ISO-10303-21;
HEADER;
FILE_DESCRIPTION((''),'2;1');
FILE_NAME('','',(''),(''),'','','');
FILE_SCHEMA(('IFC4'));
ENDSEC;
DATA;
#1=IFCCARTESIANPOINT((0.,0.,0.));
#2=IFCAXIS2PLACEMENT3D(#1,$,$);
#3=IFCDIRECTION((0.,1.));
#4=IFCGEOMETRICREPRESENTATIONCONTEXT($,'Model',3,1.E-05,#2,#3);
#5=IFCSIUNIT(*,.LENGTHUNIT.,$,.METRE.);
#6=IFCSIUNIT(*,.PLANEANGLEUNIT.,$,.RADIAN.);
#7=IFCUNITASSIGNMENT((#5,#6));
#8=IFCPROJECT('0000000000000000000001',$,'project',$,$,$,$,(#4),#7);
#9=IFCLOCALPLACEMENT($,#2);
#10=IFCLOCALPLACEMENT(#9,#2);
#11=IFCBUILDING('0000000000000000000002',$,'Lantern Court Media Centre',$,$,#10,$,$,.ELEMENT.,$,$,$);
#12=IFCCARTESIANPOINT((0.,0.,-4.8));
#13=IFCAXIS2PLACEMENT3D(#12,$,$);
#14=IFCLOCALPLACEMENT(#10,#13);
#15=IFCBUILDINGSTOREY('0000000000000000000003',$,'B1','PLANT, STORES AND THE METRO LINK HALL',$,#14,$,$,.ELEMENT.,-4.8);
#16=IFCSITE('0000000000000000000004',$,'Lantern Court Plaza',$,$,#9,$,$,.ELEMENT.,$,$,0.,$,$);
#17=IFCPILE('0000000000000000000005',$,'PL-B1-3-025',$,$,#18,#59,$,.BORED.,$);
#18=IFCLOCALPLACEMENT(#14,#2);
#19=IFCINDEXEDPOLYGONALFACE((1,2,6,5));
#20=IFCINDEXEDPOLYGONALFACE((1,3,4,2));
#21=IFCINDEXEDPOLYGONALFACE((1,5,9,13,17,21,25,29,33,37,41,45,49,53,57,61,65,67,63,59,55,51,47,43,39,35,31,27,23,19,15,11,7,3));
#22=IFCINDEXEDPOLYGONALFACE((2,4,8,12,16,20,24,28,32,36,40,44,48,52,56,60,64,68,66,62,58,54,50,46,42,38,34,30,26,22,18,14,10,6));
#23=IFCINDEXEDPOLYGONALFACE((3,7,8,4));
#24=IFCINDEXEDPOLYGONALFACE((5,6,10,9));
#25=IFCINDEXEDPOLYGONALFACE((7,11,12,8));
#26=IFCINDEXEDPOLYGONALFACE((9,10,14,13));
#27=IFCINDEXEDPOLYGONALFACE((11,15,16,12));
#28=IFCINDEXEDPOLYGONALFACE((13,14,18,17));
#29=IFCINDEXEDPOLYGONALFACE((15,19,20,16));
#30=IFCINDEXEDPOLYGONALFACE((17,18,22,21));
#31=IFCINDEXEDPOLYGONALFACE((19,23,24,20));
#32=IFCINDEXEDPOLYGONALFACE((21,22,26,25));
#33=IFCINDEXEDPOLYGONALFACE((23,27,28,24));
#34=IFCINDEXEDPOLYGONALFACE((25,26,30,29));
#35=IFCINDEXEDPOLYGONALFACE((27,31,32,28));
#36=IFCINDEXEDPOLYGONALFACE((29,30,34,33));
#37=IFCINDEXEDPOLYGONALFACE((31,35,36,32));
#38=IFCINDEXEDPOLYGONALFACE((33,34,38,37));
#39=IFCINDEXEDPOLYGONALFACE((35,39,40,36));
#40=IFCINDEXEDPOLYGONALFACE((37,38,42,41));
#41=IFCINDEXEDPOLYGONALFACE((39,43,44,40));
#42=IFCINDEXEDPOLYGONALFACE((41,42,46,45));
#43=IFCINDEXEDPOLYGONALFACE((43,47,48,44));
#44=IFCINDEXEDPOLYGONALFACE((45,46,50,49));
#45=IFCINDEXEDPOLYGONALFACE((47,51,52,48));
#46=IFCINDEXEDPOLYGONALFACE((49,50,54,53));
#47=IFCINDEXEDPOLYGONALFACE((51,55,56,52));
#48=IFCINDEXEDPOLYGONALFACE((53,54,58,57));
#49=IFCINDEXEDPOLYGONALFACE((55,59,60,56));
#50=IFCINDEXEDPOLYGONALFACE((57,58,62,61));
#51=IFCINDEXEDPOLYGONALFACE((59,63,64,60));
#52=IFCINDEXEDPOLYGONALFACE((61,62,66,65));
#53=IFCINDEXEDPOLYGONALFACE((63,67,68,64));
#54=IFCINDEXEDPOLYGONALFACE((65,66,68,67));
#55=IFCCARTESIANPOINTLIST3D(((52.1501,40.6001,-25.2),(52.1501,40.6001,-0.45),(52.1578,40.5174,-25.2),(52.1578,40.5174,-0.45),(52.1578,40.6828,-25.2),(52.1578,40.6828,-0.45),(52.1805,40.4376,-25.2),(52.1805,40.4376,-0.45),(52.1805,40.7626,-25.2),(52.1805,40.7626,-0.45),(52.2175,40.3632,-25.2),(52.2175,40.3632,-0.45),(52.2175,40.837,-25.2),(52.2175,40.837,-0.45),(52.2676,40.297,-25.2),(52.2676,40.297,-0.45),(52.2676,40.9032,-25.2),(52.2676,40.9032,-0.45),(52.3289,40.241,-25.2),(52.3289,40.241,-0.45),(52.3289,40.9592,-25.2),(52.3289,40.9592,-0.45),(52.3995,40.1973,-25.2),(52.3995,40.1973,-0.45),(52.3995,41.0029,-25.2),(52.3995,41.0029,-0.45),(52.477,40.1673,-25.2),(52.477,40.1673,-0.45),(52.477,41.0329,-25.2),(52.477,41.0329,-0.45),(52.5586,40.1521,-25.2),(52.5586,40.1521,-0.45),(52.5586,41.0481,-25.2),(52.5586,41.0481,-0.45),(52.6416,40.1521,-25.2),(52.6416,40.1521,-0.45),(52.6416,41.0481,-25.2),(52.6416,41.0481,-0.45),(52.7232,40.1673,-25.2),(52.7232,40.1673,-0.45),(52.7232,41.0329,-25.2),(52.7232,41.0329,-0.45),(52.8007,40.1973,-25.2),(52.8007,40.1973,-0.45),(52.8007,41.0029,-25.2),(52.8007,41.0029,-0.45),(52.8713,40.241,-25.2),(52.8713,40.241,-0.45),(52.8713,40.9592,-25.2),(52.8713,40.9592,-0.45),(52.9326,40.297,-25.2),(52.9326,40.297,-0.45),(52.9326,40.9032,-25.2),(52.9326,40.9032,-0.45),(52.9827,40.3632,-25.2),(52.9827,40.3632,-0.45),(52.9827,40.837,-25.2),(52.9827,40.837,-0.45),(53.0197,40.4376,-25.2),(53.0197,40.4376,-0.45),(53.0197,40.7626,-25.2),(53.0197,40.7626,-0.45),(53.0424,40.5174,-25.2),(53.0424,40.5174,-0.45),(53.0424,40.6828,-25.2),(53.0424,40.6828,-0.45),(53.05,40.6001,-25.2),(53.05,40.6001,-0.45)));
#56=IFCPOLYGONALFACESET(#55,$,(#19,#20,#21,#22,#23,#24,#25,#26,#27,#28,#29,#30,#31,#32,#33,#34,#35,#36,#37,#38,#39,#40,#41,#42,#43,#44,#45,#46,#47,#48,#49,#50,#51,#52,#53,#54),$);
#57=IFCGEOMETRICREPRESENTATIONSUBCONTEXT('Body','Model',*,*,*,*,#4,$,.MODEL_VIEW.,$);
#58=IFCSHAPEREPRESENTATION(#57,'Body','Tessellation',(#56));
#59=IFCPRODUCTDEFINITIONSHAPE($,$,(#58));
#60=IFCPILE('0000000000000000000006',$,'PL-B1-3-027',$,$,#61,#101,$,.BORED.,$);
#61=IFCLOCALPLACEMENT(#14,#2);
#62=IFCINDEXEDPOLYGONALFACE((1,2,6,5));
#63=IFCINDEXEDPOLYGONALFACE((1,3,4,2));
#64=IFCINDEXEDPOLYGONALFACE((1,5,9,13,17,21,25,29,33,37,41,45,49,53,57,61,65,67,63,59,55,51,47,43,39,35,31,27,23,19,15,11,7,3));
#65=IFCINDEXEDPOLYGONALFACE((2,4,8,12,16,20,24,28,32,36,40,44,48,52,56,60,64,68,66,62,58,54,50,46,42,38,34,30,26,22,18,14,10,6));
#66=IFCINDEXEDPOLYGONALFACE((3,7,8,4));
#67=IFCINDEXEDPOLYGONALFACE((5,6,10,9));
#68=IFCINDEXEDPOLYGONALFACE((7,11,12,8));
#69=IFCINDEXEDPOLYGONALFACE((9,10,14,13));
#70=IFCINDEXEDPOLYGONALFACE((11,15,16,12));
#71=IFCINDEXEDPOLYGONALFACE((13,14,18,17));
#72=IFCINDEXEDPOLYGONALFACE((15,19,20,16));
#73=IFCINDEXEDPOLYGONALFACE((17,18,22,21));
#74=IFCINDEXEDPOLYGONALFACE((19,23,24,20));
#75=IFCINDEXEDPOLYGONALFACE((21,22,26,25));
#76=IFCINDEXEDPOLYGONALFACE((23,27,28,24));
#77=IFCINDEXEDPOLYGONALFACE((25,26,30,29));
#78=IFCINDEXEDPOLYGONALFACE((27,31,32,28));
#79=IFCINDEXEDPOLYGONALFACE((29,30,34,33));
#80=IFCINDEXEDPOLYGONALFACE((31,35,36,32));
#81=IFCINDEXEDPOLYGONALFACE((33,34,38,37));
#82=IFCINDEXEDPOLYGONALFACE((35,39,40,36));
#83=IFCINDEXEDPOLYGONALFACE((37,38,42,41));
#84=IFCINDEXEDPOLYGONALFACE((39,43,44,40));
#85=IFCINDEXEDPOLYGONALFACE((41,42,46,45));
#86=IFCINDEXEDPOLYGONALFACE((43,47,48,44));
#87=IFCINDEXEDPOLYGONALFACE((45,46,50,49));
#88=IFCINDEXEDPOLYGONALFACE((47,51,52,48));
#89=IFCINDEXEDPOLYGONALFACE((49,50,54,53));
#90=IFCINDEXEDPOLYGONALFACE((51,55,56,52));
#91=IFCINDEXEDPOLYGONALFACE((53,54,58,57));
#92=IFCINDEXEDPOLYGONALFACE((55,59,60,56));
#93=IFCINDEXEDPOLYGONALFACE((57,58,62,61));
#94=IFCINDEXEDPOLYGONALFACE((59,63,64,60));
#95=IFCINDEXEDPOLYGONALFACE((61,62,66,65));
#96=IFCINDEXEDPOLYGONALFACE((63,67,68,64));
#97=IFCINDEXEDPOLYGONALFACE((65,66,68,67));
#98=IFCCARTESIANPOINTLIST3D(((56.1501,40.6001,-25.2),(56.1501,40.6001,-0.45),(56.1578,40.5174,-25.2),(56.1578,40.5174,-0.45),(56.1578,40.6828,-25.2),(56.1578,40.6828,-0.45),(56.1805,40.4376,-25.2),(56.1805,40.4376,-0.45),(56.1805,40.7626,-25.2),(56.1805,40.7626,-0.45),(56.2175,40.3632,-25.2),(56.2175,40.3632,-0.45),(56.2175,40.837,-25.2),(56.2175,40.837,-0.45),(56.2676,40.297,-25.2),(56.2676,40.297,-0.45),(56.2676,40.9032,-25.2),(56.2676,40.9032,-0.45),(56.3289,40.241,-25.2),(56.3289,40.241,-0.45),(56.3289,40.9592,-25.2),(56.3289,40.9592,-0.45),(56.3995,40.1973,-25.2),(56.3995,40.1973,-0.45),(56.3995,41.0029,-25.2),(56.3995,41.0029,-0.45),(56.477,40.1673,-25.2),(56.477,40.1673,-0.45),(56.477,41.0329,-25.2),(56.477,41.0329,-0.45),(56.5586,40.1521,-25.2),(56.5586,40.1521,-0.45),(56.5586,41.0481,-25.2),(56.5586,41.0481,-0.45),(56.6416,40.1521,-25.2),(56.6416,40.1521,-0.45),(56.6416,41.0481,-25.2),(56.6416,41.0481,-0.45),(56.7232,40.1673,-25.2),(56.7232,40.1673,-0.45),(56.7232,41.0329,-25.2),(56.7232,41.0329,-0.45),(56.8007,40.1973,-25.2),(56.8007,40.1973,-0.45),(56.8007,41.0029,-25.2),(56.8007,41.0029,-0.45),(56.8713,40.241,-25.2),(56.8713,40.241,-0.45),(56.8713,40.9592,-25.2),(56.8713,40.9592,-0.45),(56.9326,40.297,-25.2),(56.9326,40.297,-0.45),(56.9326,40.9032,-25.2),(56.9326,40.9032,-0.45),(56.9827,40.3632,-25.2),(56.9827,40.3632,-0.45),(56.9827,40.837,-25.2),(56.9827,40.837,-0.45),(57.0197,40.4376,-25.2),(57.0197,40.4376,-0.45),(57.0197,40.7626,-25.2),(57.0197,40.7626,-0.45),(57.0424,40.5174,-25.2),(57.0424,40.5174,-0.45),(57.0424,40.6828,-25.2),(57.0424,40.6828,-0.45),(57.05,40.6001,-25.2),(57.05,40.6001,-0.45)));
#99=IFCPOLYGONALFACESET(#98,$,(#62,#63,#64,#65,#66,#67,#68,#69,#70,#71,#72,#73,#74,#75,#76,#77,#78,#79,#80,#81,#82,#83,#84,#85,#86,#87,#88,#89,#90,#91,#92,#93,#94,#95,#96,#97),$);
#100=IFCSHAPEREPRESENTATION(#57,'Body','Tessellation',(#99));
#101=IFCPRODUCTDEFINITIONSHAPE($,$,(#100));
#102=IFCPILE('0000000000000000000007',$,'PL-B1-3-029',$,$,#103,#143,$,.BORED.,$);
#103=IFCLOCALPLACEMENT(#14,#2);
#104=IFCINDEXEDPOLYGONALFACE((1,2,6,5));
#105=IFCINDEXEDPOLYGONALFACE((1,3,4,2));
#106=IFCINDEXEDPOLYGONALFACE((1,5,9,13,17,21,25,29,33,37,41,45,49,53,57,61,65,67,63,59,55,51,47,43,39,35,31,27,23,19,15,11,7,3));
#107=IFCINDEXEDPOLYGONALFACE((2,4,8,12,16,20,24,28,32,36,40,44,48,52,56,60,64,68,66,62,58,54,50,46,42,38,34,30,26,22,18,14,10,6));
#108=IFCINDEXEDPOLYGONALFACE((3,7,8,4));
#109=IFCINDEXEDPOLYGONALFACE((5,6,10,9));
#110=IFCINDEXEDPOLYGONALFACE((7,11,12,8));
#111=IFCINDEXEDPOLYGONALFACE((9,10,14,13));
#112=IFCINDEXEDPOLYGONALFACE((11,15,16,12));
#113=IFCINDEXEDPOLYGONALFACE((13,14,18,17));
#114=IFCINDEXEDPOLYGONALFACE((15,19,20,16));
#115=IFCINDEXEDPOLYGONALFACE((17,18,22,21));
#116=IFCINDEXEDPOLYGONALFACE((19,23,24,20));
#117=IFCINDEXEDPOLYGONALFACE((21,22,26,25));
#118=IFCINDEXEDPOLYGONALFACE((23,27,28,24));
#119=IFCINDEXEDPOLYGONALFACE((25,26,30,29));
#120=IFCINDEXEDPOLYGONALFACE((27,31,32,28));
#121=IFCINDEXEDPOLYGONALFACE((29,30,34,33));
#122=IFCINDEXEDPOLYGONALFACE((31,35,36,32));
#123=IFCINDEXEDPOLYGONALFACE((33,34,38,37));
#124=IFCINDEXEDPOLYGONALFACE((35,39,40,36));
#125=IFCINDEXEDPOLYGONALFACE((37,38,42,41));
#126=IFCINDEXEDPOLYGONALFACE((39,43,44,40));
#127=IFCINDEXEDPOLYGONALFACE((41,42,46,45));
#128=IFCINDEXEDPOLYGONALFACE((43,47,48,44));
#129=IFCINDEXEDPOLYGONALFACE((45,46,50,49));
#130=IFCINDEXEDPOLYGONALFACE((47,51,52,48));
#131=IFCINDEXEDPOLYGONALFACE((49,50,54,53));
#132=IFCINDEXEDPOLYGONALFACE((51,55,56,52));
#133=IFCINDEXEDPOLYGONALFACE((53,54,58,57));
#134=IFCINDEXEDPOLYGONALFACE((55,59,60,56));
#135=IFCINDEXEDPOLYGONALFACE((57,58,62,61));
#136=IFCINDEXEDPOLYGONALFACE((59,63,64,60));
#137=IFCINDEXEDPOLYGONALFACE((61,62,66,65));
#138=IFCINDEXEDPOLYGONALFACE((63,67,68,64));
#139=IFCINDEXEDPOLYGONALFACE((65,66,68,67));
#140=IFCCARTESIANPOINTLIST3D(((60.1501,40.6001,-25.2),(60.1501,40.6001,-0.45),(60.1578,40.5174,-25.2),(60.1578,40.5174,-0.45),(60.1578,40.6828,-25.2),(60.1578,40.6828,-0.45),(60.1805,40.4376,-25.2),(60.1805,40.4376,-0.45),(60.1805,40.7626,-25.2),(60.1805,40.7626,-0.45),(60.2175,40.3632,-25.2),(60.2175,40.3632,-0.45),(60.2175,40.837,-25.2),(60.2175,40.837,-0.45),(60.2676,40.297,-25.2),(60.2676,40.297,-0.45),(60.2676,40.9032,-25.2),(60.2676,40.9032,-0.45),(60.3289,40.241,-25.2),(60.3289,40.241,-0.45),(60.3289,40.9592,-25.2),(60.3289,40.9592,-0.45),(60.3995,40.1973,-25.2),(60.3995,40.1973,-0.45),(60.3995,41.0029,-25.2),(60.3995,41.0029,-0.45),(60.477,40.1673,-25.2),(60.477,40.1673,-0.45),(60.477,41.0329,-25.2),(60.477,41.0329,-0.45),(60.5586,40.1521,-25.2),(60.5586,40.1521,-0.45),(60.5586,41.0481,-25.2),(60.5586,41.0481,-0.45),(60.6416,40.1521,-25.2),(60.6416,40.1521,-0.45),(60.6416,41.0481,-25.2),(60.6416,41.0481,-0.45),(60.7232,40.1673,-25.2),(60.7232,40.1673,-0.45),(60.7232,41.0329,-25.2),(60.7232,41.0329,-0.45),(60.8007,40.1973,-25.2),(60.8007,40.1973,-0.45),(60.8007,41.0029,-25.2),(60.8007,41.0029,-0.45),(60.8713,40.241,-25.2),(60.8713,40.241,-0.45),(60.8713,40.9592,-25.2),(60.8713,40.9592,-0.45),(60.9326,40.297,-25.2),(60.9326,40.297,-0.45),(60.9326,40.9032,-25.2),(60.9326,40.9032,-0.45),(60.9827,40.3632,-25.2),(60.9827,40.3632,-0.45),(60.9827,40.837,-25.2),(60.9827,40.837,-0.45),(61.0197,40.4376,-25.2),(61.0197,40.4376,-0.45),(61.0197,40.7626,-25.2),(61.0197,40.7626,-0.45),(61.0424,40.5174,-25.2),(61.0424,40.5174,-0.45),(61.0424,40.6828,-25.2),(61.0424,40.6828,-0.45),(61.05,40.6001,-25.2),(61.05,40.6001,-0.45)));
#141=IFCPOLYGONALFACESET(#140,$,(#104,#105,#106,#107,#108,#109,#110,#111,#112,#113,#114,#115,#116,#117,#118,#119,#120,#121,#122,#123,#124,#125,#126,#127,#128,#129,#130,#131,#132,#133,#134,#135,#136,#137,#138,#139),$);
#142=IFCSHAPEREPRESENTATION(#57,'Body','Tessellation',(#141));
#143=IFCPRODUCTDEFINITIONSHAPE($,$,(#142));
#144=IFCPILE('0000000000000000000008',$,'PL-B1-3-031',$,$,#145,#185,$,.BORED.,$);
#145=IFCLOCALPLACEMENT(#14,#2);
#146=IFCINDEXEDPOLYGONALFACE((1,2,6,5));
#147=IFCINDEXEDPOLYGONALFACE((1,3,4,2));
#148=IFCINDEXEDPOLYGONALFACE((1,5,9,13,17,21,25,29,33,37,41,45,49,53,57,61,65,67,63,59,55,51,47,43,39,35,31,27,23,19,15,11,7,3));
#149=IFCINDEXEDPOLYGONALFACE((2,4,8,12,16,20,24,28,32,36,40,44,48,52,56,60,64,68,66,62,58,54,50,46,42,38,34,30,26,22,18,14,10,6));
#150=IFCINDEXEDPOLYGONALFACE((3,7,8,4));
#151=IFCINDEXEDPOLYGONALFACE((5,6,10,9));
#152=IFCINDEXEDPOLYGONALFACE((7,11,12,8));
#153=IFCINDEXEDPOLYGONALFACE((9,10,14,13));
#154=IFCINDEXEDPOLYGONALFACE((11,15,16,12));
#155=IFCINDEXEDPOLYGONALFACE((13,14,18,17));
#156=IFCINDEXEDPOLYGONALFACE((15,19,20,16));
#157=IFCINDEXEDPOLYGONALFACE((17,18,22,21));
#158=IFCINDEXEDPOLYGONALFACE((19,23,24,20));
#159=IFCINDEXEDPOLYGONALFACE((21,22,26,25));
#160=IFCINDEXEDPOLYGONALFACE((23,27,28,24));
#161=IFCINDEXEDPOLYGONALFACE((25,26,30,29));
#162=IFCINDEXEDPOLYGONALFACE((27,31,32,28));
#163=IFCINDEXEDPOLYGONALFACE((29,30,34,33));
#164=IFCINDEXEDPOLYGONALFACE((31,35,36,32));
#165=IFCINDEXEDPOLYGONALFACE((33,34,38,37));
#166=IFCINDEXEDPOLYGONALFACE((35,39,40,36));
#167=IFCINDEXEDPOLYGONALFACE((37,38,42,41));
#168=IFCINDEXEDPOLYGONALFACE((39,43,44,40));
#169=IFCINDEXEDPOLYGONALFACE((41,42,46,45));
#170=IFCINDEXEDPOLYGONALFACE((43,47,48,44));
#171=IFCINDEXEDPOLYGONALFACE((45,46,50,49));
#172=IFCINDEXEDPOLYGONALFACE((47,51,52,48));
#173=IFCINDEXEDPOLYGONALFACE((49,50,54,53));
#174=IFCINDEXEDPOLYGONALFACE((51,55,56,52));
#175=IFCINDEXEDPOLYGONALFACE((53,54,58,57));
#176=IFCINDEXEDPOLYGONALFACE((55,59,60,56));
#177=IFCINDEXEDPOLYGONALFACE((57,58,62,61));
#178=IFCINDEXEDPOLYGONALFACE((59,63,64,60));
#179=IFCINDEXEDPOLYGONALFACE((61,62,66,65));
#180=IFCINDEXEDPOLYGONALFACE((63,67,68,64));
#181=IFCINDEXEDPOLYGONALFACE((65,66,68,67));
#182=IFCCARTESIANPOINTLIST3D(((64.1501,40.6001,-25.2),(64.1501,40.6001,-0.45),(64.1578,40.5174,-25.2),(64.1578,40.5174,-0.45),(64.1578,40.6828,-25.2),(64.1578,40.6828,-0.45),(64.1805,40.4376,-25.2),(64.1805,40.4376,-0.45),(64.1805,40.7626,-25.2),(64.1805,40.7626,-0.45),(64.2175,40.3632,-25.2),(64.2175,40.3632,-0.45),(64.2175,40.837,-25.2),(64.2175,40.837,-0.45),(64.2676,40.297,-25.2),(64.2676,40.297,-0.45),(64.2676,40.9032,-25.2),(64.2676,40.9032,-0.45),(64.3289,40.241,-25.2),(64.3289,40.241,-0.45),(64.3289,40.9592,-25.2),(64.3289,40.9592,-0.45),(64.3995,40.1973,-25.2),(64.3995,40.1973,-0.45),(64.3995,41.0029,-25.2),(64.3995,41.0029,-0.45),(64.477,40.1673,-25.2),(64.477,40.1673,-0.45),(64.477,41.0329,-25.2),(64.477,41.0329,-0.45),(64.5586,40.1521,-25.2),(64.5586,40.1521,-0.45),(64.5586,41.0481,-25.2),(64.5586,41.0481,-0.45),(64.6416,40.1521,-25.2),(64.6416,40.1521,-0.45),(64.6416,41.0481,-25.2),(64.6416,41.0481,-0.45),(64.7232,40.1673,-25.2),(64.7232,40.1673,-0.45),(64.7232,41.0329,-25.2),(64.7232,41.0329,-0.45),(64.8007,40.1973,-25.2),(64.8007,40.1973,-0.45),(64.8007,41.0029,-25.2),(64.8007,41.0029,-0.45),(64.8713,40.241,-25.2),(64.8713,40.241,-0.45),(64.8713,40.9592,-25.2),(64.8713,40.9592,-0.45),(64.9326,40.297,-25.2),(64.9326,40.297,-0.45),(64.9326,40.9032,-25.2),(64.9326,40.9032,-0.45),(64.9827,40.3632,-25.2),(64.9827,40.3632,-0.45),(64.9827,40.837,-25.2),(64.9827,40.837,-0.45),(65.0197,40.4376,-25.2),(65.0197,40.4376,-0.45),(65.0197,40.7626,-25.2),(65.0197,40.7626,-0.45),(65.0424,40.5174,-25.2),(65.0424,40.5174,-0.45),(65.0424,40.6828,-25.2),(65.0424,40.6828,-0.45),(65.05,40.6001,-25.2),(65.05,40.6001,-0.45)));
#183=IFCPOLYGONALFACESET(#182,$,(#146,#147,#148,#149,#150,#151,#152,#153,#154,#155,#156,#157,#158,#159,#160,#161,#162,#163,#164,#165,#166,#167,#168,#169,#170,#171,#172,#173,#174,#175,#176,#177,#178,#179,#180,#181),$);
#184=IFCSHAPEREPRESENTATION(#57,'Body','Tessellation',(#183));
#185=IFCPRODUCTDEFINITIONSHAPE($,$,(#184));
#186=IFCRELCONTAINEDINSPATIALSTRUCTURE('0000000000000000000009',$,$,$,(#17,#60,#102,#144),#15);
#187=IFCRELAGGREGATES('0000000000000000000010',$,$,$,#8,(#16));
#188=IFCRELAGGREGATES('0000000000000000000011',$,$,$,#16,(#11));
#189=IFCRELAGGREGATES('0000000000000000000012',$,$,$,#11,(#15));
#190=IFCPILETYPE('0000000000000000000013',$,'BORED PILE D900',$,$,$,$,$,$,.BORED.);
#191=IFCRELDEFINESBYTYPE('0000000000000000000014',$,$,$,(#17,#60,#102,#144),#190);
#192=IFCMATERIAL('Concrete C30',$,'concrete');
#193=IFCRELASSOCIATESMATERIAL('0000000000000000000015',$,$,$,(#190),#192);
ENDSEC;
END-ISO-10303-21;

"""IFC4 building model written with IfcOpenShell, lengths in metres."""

from ifc_helpers import new_model, si_unit, direction, frame, origin, origin_2d, place, context, subcontext, project, spatial, circle, extrude, material, material_profile, profile_set, type_object, element, save


model = new_model("IFC4")

# Units and contexts
model_context = context("Model", 3, precision=1e-05, world=origin(), true_north=direction((0.0, 1.0)))
body_context = subcontext(model_context, "Body", "Model", "MODEL_VIEW")
ifc_project = project(units=[si_unit("LENGTHUNIT", "METRE"), si_unit("PLANEANGLEUNIT", "RADIAN")], contexts=[model_context])

# Site, building, storey
site_placement = place(None, origin())
site = spatial("IfcSite", under=ifc_project, at=site_placement, Name="Lantern Court Plaza", CompositionType="ELEMENT", RefElevation=0.0)
building_placement = place(site_placement, origin())
building = spatial("IfcBuilding", under=site, at=building_placement, Name="Lantern Court Media Centre", CompositionType="ELEMENT")
storey_placement = place(building_placement, frame((0.0, 0.0, -4.8)))
storey = spatial("IfcBuildingStorey", under=building, at=storey_placement, Name="B1", Description="PLANT, STORES AND THE METRO LINK HALL", CompositionType="ELEMENT", Elevation=-4.8)

# Piles
ifc_material_1 = material(Name="Concrete C30", Category="concrete")
ifc_material_profile = material_profile(ifc_material_1, circle(Radius=0.45, at=origin_2d()), Name="D900")
ifc_profile_set = profile_set([ifc_material_profile], Name="Concrete C30")
pile_type = type_object("IfcPileType", Name="BORED PILE D900", PredefinedType="BORED", material=ifc_profile_set)
for number, where, z_axis, x_axis, name in (
    (1, (52.6001, 40.6001, -0.45), (0.0, 0.0, -1.0), (1.0, 0.0, 0.0), "PL-B1-3-025"),
    (2, (56.6001, 40.6001, -0.45), (0.0, 0.0, -1.0), (1.0, 0.0, 0.0), "PL-B1-3-027"),
    (3, (60.6001, 40.6001, -0.45), (0.0, 0.0, -1.0), (1.0, 0.0, 0.0), "PL-B1-3-029"),
    (4, (64.6001, 40.6001, -0.45), (0.0, 0.0, -1.0), (1.0, 0.0, 0.0), "PL-B1-3-031"),
):
    element("IfcPile", number, at=place(storey_placement, frame(where, z_axis=z_axis, x_axis=x_axis)), inside=storey, type_object=pile_type, Name=name, PredefinedType="BORED", context=body_context, shape_type="SweptSolid", body=[
        extrude(circle(Radius=0.45, at=origin_2d()), origin(), (0.0, 0.0, 1.0), 24.75),
    ])

save(model, "model.ifc")
